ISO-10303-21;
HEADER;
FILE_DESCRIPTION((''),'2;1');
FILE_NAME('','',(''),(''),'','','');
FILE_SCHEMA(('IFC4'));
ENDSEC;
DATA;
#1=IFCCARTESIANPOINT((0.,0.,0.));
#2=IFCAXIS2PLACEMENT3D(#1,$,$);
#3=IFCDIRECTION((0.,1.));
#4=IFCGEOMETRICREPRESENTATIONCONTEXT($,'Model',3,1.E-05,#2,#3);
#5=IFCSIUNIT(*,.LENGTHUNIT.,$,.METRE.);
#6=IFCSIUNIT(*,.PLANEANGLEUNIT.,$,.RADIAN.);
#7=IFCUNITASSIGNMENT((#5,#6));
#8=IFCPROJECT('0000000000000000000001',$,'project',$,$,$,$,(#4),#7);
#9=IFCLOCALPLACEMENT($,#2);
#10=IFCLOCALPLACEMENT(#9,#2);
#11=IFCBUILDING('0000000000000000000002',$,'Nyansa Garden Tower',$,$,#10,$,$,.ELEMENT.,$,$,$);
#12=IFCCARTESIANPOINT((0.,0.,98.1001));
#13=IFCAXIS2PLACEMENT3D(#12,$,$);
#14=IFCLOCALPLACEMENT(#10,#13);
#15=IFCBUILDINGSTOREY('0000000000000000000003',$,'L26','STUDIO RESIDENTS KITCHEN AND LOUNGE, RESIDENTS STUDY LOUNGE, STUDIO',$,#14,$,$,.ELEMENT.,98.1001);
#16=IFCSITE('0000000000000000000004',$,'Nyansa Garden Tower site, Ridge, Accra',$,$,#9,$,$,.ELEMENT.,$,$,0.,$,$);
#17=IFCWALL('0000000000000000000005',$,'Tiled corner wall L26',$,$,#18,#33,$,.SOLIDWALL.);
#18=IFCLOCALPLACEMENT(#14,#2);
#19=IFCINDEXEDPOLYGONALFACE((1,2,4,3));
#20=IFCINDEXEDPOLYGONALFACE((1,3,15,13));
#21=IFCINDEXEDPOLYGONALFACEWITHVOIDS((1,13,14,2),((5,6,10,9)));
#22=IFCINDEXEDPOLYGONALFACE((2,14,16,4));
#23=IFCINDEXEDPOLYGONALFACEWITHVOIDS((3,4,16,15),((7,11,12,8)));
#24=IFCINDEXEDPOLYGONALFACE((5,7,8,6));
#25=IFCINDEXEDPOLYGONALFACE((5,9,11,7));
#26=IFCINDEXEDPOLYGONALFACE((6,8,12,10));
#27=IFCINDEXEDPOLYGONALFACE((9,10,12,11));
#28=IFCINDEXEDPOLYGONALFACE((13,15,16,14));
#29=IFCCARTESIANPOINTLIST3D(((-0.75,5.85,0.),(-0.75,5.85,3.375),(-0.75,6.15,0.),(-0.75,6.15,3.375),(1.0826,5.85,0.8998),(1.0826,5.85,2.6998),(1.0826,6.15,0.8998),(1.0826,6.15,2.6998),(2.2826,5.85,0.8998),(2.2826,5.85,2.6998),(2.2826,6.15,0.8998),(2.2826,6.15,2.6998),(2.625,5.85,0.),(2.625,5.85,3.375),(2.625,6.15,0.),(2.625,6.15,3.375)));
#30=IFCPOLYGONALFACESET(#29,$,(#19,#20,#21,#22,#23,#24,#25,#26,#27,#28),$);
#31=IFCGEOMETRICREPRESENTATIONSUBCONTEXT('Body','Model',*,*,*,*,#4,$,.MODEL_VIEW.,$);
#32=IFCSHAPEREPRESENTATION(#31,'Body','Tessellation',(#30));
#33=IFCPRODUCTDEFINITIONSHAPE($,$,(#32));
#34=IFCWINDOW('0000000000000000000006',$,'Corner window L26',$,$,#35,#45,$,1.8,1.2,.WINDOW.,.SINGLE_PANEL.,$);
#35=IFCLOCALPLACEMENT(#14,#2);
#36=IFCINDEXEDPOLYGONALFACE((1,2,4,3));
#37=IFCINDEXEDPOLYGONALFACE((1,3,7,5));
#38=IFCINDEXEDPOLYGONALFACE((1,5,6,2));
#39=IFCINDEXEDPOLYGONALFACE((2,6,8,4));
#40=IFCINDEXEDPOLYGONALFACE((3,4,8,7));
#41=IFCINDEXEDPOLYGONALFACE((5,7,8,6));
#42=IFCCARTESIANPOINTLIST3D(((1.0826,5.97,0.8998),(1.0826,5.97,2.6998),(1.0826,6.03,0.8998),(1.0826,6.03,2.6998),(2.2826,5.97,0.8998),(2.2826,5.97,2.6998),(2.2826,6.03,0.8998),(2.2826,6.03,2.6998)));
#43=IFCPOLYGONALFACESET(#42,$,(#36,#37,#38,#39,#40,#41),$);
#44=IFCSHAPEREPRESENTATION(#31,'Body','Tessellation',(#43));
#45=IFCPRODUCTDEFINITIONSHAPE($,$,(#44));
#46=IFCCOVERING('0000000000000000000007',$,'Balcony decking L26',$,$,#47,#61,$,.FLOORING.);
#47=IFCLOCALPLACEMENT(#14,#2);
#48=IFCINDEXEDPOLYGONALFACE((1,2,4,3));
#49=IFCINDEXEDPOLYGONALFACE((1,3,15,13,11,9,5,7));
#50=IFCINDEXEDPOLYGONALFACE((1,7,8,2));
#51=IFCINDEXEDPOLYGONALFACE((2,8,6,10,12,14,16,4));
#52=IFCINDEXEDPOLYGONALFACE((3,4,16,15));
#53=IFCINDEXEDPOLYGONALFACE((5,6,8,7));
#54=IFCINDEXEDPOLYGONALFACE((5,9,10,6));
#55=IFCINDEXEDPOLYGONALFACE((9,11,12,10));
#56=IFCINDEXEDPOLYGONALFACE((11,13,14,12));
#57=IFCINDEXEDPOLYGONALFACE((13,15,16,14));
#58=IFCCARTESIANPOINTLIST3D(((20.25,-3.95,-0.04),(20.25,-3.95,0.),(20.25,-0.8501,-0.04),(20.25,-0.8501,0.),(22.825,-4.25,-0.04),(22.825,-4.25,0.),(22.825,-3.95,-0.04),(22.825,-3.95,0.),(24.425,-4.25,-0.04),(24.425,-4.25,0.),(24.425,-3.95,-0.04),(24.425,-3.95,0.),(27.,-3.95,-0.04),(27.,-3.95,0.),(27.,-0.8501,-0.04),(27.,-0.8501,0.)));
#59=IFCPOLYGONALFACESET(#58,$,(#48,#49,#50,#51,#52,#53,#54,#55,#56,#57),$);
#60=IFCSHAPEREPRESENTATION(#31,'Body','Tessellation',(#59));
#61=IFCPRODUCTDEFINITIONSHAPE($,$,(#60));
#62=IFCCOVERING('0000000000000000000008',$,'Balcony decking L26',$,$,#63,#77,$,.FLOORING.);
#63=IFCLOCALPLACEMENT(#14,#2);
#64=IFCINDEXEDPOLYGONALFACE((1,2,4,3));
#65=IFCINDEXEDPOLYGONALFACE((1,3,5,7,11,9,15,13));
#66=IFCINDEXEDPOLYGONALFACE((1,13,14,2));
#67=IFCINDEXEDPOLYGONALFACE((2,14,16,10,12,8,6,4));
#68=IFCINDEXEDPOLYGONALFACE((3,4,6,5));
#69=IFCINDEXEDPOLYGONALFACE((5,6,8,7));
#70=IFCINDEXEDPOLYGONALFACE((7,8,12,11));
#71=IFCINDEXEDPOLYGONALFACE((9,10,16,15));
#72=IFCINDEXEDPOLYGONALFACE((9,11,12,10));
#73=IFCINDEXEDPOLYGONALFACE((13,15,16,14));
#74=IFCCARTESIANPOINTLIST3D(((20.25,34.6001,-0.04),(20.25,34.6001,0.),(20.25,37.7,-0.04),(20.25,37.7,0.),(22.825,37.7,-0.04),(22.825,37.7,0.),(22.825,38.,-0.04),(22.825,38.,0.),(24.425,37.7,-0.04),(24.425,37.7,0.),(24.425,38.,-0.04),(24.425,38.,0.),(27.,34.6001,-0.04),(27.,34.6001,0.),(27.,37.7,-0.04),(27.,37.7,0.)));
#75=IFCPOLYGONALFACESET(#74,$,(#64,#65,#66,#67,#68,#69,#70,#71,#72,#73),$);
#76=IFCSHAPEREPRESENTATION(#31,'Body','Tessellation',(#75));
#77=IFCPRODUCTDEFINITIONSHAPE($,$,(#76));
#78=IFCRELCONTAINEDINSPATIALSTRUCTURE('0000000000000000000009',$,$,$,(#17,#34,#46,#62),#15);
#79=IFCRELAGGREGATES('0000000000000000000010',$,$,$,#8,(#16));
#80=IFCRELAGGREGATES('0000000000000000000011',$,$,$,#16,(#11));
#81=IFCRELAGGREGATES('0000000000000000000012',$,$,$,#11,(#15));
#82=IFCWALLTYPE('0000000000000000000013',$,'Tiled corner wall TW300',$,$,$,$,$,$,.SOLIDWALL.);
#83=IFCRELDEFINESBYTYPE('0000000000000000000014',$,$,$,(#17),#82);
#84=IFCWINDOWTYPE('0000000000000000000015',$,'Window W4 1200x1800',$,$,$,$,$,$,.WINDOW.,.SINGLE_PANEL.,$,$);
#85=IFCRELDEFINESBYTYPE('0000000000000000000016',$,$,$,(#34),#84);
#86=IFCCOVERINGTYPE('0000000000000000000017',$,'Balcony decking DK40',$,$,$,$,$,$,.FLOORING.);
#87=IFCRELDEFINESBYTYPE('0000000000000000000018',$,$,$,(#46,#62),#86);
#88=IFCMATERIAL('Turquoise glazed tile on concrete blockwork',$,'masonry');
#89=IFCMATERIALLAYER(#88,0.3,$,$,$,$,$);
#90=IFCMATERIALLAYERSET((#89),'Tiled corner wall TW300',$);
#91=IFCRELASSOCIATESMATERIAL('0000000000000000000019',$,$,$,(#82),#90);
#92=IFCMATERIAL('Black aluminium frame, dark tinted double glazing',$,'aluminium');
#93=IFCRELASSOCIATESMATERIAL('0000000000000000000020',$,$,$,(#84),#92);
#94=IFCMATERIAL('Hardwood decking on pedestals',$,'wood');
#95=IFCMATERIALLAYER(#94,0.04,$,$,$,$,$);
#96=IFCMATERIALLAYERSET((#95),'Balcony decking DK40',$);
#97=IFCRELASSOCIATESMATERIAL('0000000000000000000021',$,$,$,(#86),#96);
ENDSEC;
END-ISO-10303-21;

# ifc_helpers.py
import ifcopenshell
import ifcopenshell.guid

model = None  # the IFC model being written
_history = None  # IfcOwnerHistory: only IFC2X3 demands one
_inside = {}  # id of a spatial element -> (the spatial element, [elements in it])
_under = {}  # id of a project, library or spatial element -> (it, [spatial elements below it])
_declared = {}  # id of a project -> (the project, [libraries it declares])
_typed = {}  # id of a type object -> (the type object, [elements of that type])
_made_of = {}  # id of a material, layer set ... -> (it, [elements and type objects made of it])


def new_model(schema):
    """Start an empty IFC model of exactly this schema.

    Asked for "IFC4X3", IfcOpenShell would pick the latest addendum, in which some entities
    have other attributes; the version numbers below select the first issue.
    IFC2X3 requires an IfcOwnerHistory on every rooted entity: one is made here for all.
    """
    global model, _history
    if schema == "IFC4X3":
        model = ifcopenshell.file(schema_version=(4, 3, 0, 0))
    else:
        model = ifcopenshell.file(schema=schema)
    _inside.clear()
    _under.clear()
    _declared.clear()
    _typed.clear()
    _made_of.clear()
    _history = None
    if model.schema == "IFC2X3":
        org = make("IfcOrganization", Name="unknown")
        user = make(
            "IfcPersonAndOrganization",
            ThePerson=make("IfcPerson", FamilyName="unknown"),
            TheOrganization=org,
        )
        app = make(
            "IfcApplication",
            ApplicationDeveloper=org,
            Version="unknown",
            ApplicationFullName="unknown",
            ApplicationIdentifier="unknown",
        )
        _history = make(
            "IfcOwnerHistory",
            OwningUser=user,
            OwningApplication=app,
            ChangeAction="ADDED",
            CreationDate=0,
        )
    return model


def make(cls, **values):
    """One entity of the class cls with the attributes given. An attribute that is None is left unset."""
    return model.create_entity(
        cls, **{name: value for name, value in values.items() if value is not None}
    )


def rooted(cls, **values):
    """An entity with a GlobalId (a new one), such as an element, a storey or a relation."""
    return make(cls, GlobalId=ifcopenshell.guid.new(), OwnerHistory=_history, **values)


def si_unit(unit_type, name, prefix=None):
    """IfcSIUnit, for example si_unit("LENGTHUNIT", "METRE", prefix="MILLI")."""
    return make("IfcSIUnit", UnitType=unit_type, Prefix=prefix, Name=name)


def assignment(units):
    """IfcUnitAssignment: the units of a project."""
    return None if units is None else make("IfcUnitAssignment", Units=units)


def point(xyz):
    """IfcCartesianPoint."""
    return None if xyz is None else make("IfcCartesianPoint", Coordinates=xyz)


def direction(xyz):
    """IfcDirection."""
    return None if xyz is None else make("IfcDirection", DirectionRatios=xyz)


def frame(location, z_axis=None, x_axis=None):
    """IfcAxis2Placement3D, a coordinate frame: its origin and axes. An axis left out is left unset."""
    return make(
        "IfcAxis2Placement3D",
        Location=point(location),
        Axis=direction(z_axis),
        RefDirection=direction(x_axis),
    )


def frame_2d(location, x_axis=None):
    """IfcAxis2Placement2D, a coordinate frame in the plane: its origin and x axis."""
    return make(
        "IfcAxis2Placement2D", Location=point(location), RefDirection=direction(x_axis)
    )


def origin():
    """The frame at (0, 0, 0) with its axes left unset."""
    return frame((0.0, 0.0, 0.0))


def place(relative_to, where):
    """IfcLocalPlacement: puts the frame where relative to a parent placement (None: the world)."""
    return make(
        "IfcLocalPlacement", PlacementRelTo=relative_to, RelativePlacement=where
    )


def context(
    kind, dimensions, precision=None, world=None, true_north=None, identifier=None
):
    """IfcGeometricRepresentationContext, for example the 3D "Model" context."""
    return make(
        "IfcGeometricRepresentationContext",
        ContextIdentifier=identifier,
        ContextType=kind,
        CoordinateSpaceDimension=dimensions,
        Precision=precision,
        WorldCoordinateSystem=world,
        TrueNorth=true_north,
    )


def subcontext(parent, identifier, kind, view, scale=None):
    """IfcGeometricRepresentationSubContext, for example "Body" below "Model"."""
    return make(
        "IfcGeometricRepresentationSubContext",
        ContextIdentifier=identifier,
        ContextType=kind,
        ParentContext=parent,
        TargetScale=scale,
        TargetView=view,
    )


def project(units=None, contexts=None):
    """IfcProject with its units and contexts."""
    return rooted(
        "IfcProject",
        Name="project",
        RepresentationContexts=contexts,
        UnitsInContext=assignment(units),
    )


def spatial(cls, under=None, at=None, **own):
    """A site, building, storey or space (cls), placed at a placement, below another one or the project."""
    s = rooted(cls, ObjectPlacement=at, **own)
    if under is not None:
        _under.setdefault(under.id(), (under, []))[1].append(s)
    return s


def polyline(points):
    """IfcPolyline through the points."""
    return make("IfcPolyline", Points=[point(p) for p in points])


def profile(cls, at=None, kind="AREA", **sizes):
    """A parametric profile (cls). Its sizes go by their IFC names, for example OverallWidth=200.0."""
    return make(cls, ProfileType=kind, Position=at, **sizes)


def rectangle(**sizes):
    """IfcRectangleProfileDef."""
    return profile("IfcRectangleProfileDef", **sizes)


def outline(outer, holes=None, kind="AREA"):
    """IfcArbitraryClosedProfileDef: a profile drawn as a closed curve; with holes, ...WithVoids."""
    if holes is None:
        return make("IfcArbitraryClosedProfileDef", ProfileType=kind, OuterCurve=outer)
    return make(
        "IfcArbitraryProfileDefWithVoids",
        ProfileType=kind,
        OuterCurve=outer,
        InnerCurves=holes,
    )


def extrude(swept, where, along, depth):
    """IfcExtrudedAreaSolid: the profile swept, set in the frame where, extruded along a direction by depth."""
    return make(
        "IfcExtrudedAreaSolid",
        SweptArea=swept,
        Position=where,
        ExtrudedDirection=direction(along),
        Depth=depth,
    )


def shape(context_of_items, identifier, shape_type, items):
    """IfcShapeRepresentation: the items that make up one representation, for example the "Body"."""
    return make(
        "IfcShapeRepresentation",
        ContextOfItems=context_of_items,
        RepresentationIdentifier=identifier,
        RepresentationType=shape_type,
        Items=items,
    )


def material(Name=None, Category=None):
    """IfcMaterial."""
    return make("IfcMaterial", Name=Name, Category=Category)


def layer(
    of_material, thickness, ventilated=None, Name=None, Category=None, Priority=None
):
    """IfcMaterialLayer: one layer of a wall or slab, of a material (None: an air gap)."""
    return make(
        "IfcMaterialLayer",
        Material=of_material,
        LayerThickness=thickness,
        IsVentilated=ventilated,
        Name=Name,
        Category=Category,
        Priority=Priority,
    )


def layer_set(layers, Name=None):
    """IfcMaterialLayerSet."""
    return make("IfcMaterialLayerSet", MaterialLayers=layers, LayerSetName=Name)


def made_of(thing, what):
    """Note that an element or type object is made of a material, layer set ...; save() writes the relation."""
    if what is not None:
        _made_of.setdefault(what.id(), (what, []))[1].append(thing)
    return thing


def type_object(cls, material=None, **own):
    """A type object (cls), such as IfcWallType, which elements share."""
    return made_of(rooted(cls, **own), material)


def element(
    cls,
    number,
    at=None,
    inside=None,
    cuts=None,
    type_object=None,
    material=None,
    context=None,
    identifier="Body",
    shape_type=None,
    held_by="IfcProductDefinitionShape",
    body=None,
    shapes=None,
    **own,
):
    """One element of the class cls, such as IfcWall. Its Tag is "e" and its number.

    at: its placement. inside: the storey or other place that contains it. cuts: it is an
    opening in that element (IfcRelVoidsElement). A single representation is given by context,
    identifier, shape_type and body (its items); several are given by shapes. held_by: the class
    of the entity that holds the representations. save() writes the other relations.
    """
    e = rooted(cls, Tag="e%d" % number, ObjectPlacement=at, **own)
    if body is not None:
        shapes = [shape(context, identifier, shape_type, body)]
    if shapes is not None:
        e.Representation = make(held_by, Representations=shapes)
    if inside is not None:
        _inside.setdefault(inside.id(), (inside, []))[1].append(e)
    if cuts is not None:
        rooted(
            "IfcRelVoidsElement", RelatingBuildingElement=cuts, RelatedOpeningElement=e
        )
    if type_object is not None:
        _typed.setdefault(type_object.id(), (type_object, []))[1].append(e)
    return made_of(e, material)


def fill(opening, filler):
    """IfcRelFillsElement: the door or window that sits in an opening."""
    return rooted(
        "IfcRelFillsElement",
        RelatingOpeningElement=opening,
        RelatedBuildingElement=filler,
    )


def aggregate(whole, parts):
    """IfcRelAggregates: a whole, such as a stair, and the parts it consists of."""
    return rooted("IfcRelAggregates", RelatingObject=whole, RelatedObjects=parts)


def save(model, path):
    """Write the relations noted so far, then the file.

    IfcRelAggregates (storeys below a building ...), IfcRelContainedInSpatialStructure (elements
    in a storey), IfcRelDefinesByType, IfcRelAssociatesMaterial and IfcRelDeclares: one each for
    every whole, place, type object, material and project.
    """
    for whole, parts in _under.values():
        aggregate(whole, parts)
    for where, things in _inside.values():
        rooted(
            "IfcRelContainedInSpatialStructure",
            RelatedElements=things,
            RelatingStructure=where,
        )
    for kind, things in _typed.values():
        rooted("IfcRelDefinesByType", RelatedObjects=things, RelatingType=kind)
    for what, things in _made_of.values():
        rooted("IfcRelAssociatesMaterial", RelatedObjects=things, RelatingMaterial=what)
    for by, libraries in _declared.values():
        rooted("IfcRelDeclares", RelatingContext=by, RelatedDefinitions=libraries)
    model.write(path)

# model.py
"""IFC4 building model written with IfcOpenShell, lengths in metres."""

from ifc_helpers import new_model, si_unit, direction, frame, frame_2d, origin, place, context, subcontext, project, spatial, polyline, rectangle, outline, extrude, material, layer, layer_set, type_object, element, fill, save


model = new_model("IFC4")

# Units and contexts
model_context = context("Model", 3, precision=1e-05, world=origin(), true_north=direction((0.0, 1.0)))
body_context = subcontext(model_context, "Body", "Model", "MODEL_VIEW")
ifc_project = project(units=[si_unit("LENGTHUNIT", "METRE"), si_unit("PLANEANGLEUNIT", "RADIAN")], contexts=[model_context])

# Site, building, storey
site_placement = place(None, origin())
site = spatial("IfcSite", under=ifc_project, at=site_placement, Name="Nyansa Garden Tower site, Ridge, Accra", CompositionType="ELEMENT", RefElevation=0.0)
building_placement = place(site_placement, origin())
building = spatial("IfcBuilding", under=site, at=building_placement, Name="Nyansa Garden Tower", CompositionType="ELEMENT")
storey_placement = place(building_placement, frame((0.0, 0.0, 98.1001)))
storey = spatial("IfcBuildingStorey", under=building, at=storey_placement, Name="L26", Description="STUDIO RESIDENTS KITCHEN AND LOUNGE, RESIDENTS STUDY LOUNGE, STUDIO", CompositionType="ELEMENT", Elevation=98.1001)

# Wall, opening, window
ifc_material_1 = material(Name="Turquoise glazed tile on concrete blockwork", Category="masonry")
ifc_layer_1 = layer(ifc_material_1, 0.3)
ifc_layer_set_1 = layer_set([ifc_layer_1], Name="Tiled corner wall TW300")
wall_type = type_object("IfcWallType", Name="Tiled corner wall TW300", PredefinedType="SOLIDWALL", material=ifc_layer_set_1)
wall_placement = place(storey_placement, frame((-0.75, 6.0, 0.0), z_axis=(0.0, 0.0, 1.0), x_axis=(1.0, 0.0, 0.0)))
wall = element("IfcWall", 1, at=wall_placement, inside=storey, type_object=wall_type, Name="Tiled corner wall L26", PredefinedType="SOLIDWALL", context=body_context, shape_type="SweptSolid", body=[
    extrude(rectangle(XDim=3.375, YDim=0.3, at=frame_2d((1.6875, 0.0))), origin(), (0.0, 0.0, 1.0), 3.375),
])
opening_placement = place(wall_placement, frame((1.8325, 0.0, 0.8999)))
opening = element("IfcOpeningElement", 2, at=opening_placement, cuts=wall, PredefinedType="OPENING", context=body_context, shape_type="SweptSolid", body=[
    extrude(rectangle(XDim=1.2, YDim=1.8, at=frame_2d((0.6001, 0.8999))), frame((0.0, 0.1599, 0.0), z_axis=(0.0, -1.0, 0.0), x_axis=(1.0, 0.0, 0.0)), (0.0, 0.0, 1.0), 0.3201),
])
ifc_material_2 = material(Name="Black aluminium frame, dark tinted double glazing", Category="aluminium")
window_type = type_object("IfcWindowType", Name="Window W4 1200x1800", PartitioningType="SINGLE_PANEL", PredefinedType="WINDOW", material=ifc_material_2)
window_placement = place(opening_placement, origin())
window = element("IfcWindow", 3, at=window_placement, inside=storey, type_object=window_type, Name="Corner window L26", OverallHeight=1.8, OverallWidth=1.2, PartitioningType="SINGLE_PANEL", PredefinedType="WINDOW", context=body_context, shape_type="SweptSolid", body=[
    extrude(rectangle(XDim=1.2, YDim=1.8, at=frame_2d((0.6001, 0.8999))), frame((0.0, 0.03, 0.0), z_axis=(0.0, -1.0, 0.0), x_axis=(1.0, 0.0, 0.0)), (0.0, 0.0, 1.0), 0.0601),
])
fill(opening, window)

# Coverings
ifc_material_3 = material(Name="Hardwood decking on pedestals", Category="wood")
ifc_layer_2 = layer(ifc_material_3, 0.04)
ifc_layer_set_2 = layer_set([ifc_layer_2], Name="Balcony decking DK40")
covering_type = type_object("IfcCoveringType", Name="Balcony decking DK40", PredefinedType="FLOORING", material=ifc_layer_set_2)
covering_1_placement = place(storey_placement, frame((0.0, 0.0, -0.04)))
element("IfcCovering", 4, at=covering_1_placement, inside=storey, type_object=covering_type, Name="Balcony decking L26", PredefinedType="FLOORING", context=body_context, shape_type="SweptSolid", body=[
    extrude(outline(polyline([(20.25, -0.8501), (27.0, -0.8501), (27.0, -3.95), (24.425, -3.95), (24.425, -4.25), (22.825, -4.25), (22.825, -3.95), (20.25, -3.95), (20.25, -0.8501)])), origin(), (0.0, 0.0, 1.0), 0.04),
])
covering_2_placement = place(storey_placement, frame((0.0, 0.0, -0.04)))
element("IfcCovering", 5, at=covering_2_placement, inside=storey, type_object=covering_type, Name="Balcony decking L26", PredefinedType="FLOORING", context=body_context, shape_type="SweptSolid", body=[
    extrude(outline(polyline([(20.25, 34.6001), (27.0, 34.6001), (27.0, 37.7), (24.425, 37.7), (24.425, 38.0), (22.825, 38.0), (22.825, 37.7), (20.25, 37.7), (20.25, 34.6001)])), origin(), (0.0, 0.0, 1.0), 0.04),
])

save(model, "model.ifc")
